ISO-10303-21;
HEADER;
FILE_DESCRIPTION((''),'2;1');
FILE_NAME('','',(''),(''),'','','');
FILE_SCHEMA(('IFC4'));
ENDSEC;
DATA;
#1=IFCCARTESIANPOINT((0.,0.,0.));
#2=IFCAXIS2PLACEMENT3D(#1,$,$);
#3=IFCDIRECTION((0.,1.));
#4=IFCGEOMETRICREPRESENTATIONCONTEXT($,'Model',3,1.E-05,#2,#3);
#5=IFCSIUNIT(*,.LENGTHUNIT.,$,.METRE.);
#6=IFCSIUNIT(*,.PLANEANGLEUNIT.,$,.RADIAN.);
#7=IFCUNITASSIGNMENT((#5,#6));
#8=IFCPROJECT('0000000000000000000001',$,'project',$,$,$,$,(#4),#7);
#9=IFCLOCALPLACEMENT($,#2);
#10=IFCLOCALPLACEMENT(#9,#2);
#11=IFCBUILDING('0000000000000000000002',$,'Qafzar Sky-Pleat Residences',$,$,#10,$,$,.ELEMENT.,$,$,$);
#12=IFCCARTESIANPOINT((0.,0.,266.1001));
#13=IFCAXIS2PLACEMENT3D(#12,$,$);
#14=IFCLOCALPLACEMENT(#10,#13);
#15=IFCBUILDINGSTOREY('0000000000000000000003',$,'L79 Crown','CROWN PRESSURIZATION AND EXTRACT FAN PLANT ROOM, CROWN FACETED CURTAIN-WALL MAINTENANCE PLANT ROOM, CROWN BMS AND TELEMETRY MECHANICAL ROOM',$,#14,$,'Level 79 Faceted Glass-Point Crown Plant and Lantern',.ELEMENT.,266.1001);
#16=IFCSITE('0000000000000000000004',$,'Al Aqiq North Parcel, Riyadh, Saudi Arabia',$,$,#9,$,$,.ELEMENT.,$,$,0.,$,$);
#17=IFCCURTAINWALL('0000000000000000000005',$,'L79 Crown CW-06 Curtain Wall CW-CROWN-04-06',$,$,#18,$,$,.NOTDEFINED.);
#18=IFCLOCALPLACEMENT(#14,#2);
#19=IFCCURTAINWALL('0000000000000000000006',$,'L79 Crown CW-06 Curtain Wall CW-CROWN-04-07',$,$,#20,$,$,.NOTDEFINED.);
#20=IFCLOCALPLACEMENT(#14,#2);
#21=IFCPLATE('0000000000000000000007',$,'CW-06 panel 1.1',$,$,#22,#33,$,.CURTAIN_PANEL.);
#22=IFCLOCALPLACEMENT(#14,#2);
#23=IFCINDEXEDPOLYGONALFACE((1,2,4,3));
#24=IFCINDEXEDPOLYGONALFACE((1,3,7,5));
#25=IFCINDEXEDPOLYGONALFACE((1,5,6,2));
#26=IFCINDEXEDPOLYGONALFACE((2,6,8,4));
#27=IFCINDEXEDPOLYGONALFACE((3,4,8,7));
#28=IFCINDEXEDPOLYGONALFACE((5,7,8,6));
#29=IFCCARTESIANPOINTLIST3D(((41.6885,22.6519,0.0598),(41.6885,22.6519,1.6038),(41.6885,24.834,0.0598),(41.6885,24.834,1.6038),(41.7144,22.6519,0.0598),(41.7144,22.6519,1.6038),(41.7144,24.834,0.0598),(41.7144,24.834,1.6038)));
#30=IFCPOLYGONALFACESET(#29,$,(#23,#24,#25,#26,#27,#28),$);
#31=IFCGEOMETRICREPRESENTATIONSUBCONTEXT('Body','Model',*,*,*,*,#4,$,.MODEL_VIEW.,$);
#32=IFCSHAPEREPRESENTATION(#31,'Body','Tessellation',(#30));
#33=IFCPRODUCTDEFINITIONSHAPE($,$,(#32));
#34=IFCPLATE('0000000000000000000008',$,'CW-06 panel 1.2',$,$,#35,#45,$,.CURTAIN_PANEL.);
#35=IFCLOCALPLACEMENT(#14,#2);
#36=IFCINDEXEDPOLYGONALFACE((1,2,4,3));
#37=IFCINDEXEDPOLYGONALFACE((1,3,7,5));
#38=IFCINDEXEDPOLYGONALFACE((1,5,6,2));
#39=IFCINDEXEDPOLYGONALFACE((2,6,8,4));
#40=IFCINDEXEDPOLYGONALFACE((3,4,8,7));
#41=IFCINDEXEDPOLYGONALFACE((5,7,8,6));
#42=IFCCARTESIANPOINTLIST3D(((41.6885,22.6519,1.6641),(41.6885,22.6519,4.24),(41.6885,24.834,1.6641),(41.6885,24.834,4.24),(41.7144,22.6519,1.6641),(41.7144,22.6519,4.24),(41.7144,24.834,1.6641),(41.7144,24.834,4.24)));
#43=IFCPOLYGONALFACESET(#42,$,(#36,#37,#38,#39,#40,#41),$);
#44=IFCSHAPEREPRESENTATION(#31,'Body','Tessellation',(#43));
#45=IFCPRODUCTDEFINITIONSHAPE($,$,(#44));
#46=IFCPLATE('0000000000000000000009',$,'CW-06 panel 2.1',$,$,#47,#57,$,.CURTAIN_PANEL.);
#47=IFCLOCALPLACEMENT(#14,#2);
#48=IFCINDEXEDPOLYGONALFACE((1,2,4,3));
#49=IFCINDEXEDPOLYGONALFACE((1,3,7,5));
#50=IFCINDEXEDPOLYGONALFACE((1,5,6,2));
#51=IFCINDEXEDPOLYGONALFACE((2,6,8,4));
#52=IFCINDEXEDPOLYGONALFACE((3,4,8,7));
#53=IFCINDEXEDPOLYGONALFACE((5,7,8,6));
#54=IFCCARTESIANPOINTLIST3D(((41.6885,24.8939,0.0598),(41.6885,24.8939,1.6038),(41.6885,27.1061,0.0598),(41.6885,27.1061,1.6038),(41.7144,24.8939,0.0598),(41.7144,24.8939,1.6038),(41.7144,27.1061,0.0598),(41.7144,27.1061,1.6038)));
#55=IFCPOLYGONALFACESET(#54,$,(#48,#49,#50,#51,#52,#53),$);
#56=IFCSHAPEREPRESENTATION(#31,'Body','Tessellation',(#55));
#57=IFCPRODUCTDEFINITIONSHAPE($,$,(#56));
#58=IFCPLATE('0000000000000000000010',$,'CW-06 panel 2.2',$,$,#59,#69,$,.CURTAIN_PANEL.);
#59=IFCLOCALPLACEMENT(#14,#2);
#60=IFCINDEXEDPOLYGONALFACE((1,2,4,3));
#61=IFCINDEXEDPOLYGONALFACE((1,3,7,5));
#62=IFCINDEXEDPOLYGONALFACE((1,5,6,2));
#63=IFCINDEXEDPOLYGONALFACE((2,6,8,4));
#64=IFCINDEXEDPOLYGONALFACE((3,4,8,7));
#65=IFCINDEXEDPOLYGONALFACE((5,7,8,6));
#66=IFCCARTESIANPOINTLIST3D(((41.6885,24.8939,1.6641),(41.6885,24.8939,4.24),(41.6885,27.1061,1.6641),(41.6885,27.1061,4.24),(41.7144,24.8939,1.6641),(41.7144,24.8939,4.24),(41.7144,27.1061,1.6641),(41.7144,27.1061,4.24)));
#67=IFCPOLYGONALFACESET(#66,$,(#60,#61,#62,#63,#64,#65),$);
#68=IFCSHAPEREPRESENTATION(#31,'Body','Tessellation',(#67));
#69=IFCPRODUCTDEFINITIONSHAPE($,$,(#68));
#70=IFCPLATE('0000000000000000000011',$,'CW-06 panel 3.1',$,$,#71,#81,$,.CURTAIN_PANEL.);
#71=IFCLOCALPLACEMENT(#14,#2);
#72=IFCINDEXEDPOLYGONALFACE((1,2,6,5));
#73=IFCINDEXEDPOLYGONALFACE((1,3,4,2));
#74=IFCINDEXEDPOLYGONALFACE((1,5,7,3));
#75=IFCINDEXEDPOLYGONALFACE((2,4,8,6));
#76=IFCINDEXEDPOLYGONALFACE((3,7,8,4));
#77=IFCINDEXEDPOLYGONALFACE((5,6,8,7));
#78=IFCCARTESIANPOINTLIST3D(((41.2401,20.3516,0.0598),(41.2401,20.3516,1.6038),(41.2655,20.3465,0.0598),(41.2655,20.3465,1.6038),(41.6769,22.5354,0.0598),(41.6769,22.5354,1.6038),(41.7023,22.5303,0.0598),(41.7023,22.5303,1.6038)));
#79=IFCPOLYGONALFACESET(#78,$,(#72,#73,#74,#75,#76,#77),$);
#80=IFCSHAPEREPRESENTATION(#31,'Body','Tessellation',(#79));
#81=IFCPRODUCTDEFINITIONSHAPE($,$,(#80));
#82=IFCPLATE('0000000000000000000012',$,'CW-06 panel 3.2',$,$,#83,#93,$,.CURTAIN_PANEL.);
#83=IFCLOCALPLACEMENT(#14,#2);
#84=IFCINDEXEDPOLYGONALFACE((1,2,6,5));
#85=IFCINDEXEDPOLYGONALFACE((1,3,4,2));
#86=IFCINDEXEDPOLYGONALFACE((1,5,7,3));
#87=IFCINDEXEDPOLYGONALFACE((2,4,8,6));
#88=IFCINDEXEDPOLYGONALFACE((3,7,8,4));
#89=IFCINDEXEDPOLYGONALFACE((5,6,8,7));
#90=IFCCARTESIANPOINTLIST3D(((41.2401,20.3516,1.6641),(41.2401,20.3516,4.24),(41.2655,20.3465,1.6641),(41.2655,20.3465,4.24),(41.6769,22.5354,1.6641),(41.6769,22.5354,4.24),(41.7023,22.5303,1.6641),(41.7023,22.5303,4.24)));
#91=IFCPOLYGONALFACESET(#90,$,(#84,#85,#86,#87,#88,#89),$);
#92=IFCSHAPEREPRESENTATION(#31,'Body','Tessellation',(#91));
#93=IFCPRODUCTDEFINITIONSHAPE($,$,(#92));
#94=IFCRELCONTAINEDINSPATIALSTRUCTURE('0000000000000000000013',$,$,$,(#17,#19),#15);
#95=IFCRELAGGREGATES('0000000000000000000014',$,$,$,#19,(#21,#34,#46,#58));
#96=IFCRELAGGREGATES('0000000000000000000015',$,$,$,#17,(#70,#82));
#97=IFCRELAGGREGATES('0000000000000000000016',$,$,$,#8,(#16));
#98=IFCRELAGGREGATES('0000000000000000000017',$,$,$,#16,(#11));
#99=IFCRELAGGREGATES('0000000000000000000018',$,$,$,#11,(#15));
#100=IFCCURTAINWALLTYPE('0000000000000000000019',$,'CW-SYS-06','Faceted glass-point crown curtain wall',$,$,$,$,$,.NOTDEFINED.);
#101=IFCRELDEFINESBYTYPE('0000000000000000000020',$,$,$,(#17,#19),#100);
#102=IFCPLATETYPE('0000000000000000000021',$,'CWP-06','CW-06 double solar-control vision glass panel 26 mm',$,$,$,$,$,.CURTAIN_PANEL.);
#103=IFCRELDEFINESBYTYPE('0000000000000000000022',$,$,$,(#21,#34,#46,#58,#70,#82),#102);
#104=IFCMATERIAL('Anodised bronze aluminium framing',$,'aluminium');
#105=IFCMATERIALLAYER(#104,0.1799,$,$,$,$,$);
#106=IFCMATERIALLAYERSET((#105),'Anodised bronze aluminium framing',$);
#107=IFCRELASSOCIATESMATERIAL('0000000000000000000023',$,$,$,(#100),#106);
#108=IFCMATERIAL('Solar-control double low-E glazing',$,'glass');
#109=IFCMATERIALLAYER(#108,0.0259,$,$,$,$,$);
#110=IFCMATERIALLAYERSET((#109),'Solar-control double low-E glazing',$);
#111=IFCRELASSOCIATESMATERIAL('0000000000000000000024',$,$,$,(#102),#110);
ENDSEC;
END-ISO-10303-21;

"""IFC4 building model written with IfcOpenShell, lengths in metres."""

from ifc_helpers import new_model, si_unit, direction, frame, origin, origin_2d, place, context, subcontext, project, spatial, rectangle, extrude, source, transform, mapped, material, layer, layer_set, type_object, element, aggregate, save


model = new_model("IFC4")

# Units and contexts
model_context = context("Model", 3, precision=1e-05, world=origin(), true_north=direction((0.0, 1.0)))
body_context = subcontext(model_context, "Body", "Model", "MODEL_VIEW")
ifc_project = project(units=[si_unit("LENGTHUNIT", "METRE"), si_unit("PLANEANGLEUNIT", "RADIAN")], contexts=[model_context])

# Site, building, storey
site_placement = place(None, origin())
site = spatial("IfcSite", under=ifc_project, at=site_placement, Name="Al Aqiq North Parcel, Riyadh, Saudi Arabia", CompositionType="ELEMENT", RefElevation=0.0)
building_placement = place(site_placement, origin())
building = spatial("IfcBuilding", under=site, at=building_placement, Name="Qafzar Sky-Pleat Residences", CompositionType="ELEMENT")
storey_placement = place(building_placement, frame((0.0, 0.0, 266.1001)))
storey = spatial("IfcBuildingStorey", under=building, at=storey_placement, Name="L79 Crown", Description="CROWN PRESSURIZATION AND EXTRACT FAN PLANT ROOM, CROWN FACETED CURTAIN-WALL MAINTENANCE PLANT ROOM, CROWN BMS AND TELEMETRY MECHANICAL ROOM", LongName="Level 79 Faceted Glass-Point Crown Plant and Lantern", CompositionType="ELEMENT", Elevation=266.1001)

# Curtain walls
ifc_material_1 = material(Name="Anodised bronze aluminium framing", Category="aluminium")
ifc_layer_1 = layer(ifc_material_1, 0.1799)
ifc_layer_set_1 = layer_set([ifc_layer_1], Name="Anodised bronze aluminium framing")
curtain_wall_type = type_object("IfcCurtainWallType", Name="CW-SYS-06", Description="Faceted glass-point crown curtain wall", PredefinedType="NOTDEFINED", material=ifc_layer_set_1)
curtain_wall_1_placement = place(storey_placement, origin())
curtain_wall_1 = element("IfcCurtainWall", 1, at=curtain_wall_1_placement, inside=storey, type_object=curtain_wall_type, Name="L79 Crown CW-06 Curtain Wall CW-CROWN-04-06", PredefinedType="NOTDEFINED")
curtain_wall_2_placement = place(storey_placement, origin())
curtain_wall_2 = element("IfcCurtainWall", 2, at=curtain_wall_2_placement, inside=storey, type_object=curtain_wall_type, Name="L79 Crown CW-06 Curtain Wall CW-CROWN-04-07", PredefinedType="NOTDEFINED")

# Plates
ifc_material_2 = material(Name="Solar-control double low-E glazing", Category="glass")
ifc_layer_2 = layer(ifc_material_2, 0.0259)
ifc_layer_set_2 = layer_set([ifc_layer_2], Name="Solar-control double low-E glazing")
plate_type = type_object("IfcPlateType", Name="CWP-06", Description="CW-06 double solar-control vision glass panel 26 mm", PredefinedType="CURTAIN_PANEL", material=ifc_layer_set_2)
shared_shape_1 = source(origin(), body_context, "Body", "SweptSolid", [
    extrude(rectangle(XDim=2.1821, YDim=0.0259, at=origin_2d()), origin(), (0.0, 0.0, 1.0), 1.5439),
])
plate_1_placement = place(storey_placement, frame((41.7014, 23.7429, 0.0598), z_axis=(0.0, 0.0, 1.0), x_axis=(0.0, 1.0, 0.0)))
plate_1 = element("IfcPlate", 3, at=plate_1_placement, type_object=plate_type, Name="CW-06 panel 1.1", PredefinedType="CURTAIN_PANEL", context=body_context, shape_type="MappedRepresentation", body=[
    mapped(shared_shape_1, transform((0.0, 0.0, 0.0), x_axis=(1.0, 0.0, 0.0), y_axis=(0.0, 1.0, 0.0), z_axis=(0.0, 0.0, 1.0), scale=1.0)),
])
shared_shape_2 = source(origin(), body_context, "Body", "SweptSolid", [
    extrude(rectangle(XDim=2.1821, YDim=0.0259, at=origin_2d()), origin(), (0.0, 0.0, 1.0), 2.5759),
])
plate_2_placement = place(storey_placement, frame((41.7014, 23.7429, 1.6641), z_axis=(0.0, 0.0, 1.0), x_axis=(0.0, 1.0, 0.0)))
plate_2 = element("IfcPlate", 4, at=plate_2_placement, type_object=plate_type, Name="CW-06 panel 1.2", PredefinedType="CURTAIN_PANEL", context=body_context, shape_type="MappedRepresentation", body=[
    mapped(shared_shape_2, transform((0.0, 0.0, 0.0), x_axis=(1.0, 0.0, 0.0), y_axis=(0.0, 1.0, 0.0), z_axis=(0.0, 0.0, 1.0), scale=1.0)),
])
shared_shape_3 = source(origin(), body_context, "Body", "SweptSolid", [
    extrude(rectangle(XDim=2.2122, YDim=0.0259, at=origin_2d()), origin(), (0.0, 0.0, 1.0), 1.5439),
])
plate_3_placement = place(storey_placement, frame((41.7014, 26.0, 0.0598), z_axis=(0.0, 0.0, 1.0), x_axis=(0.0, 1.0, 0.0)))
plate_3 = element("IfcPlate", 5, at=plate_3_placement, type_object=plate_type, Name="CW-06 panel 2.1", PredefinedType="CURTAIN_PANEL", context=body_context, shape_type="MappedRepresentation", body=[
    mapped(shared_shape_3, transform((0.0, 0.0, 0.0), x_axis=(1.0, 0.0, 0.0), y_axis=(0.0, 1.0, 0.0), z_axis=(0.0, 0.0, 1.0), scale=1.0)),
])
shared_shape_4 = source(origin(), body_context, "Body", "SweptSolid", [
    extrude(rectangle(XDim=2.2122, YDim=0.0259, at=origin_2d()), origin(), (0.0, 0.0, 1.0), 2.5759),
])
plate_4_placement = place(storey_placement, frame((41.7014, 26.0, 1.6641), z_axis=(0.0, 0.0, 1.0), x_axis=(0.0, 1.0, 0.0)))
plate_4 = element("IfcPlate", 6, at=plate_4_placement, type_object=plate_type, Name="CW-06 panel 2.2", PredefinedType="CURTAIN_PANEL", context=body_context, shape_type="MappedRepresentation", body=[
    mapped(shared_shape_4, transform((0.0, 0.0, 0.0), x_axis=(1.0, 0.0, 0.0), y_axis=(0.0, 1.0, 0.0), z_axis=(0.0, 0.0, 1.0), scale=1.0)),
])
aggregate(curtain_wall_2, [plate_1, plate_2, plate_3, plate_4])
shared_shape_5 = source(origin(), body_context, "Body", "SweptSolid", [
    extrude(rectangle(XDim=2.2271, YDim=0.0259, at=origin_2d()), origin(), (0.0, 0.0, 1.0), 1.5439),
])
plate_5_placement = place(storey_placement, frame((41.4712, 21.4409, 0.0598), z_axis=(0.0, 0.0, 1.0), x_axis=(0.196116, 0.980581, 0.0)))
plate_5 = element("IfcPlate", 7, at=plate_5_placement, type_object=plate_type, Name="CW-06 panel 3.1", PredefinedType="CURTAIN_PANEL", context=body_context, shape_type="MappedRepresentation", body=[
    mapped(shared_shape_5, transform((0.0, 0.0, 0.0), x_axis=(1.0, 0.0, 0.0), y_axis=(0.0, 1.0, 0.0), z_axis=(0.0, 0.0, 1.0), scale=1.0)),
])
shared_shape_6 = source(origin(), body_context, "Body", "SweptSolid", [
    extrude(rectangle(XDim=2.2271, YDim=0.0259, at=origin_2d()), origin(), (0.0, 0.0, 1.0), 2.5759),
])
plate_6_placement = place(storey_placement, frame((41.4712, 21.4409, 1.6641), z_axis=(0.0, 0.0, 1.0), x_axis=(0.196116, 0.980581, 0.0)))
plate_6 = element("IfcPlate", 8, at=plate_6_placement, type_object=plate_type, Name="CW-06 panel 3.2", PredefinedType="CURTAIN_PANEL", context=body_context, shape_type="MappedRepresentation", body=[
    mapped(shared_shape_6, transform((0.0, 0.0, 0.0), x_axis=(1.0, 0.0, 0.0), y_axis=(0.0, 1.0, 0.0), z_axis=(0.0, 0.0, 1.0), scale=1.0)),
])
aggregate(curtain_wall_1, [plate_5, plate_6])

save(model, "model.ifc")
